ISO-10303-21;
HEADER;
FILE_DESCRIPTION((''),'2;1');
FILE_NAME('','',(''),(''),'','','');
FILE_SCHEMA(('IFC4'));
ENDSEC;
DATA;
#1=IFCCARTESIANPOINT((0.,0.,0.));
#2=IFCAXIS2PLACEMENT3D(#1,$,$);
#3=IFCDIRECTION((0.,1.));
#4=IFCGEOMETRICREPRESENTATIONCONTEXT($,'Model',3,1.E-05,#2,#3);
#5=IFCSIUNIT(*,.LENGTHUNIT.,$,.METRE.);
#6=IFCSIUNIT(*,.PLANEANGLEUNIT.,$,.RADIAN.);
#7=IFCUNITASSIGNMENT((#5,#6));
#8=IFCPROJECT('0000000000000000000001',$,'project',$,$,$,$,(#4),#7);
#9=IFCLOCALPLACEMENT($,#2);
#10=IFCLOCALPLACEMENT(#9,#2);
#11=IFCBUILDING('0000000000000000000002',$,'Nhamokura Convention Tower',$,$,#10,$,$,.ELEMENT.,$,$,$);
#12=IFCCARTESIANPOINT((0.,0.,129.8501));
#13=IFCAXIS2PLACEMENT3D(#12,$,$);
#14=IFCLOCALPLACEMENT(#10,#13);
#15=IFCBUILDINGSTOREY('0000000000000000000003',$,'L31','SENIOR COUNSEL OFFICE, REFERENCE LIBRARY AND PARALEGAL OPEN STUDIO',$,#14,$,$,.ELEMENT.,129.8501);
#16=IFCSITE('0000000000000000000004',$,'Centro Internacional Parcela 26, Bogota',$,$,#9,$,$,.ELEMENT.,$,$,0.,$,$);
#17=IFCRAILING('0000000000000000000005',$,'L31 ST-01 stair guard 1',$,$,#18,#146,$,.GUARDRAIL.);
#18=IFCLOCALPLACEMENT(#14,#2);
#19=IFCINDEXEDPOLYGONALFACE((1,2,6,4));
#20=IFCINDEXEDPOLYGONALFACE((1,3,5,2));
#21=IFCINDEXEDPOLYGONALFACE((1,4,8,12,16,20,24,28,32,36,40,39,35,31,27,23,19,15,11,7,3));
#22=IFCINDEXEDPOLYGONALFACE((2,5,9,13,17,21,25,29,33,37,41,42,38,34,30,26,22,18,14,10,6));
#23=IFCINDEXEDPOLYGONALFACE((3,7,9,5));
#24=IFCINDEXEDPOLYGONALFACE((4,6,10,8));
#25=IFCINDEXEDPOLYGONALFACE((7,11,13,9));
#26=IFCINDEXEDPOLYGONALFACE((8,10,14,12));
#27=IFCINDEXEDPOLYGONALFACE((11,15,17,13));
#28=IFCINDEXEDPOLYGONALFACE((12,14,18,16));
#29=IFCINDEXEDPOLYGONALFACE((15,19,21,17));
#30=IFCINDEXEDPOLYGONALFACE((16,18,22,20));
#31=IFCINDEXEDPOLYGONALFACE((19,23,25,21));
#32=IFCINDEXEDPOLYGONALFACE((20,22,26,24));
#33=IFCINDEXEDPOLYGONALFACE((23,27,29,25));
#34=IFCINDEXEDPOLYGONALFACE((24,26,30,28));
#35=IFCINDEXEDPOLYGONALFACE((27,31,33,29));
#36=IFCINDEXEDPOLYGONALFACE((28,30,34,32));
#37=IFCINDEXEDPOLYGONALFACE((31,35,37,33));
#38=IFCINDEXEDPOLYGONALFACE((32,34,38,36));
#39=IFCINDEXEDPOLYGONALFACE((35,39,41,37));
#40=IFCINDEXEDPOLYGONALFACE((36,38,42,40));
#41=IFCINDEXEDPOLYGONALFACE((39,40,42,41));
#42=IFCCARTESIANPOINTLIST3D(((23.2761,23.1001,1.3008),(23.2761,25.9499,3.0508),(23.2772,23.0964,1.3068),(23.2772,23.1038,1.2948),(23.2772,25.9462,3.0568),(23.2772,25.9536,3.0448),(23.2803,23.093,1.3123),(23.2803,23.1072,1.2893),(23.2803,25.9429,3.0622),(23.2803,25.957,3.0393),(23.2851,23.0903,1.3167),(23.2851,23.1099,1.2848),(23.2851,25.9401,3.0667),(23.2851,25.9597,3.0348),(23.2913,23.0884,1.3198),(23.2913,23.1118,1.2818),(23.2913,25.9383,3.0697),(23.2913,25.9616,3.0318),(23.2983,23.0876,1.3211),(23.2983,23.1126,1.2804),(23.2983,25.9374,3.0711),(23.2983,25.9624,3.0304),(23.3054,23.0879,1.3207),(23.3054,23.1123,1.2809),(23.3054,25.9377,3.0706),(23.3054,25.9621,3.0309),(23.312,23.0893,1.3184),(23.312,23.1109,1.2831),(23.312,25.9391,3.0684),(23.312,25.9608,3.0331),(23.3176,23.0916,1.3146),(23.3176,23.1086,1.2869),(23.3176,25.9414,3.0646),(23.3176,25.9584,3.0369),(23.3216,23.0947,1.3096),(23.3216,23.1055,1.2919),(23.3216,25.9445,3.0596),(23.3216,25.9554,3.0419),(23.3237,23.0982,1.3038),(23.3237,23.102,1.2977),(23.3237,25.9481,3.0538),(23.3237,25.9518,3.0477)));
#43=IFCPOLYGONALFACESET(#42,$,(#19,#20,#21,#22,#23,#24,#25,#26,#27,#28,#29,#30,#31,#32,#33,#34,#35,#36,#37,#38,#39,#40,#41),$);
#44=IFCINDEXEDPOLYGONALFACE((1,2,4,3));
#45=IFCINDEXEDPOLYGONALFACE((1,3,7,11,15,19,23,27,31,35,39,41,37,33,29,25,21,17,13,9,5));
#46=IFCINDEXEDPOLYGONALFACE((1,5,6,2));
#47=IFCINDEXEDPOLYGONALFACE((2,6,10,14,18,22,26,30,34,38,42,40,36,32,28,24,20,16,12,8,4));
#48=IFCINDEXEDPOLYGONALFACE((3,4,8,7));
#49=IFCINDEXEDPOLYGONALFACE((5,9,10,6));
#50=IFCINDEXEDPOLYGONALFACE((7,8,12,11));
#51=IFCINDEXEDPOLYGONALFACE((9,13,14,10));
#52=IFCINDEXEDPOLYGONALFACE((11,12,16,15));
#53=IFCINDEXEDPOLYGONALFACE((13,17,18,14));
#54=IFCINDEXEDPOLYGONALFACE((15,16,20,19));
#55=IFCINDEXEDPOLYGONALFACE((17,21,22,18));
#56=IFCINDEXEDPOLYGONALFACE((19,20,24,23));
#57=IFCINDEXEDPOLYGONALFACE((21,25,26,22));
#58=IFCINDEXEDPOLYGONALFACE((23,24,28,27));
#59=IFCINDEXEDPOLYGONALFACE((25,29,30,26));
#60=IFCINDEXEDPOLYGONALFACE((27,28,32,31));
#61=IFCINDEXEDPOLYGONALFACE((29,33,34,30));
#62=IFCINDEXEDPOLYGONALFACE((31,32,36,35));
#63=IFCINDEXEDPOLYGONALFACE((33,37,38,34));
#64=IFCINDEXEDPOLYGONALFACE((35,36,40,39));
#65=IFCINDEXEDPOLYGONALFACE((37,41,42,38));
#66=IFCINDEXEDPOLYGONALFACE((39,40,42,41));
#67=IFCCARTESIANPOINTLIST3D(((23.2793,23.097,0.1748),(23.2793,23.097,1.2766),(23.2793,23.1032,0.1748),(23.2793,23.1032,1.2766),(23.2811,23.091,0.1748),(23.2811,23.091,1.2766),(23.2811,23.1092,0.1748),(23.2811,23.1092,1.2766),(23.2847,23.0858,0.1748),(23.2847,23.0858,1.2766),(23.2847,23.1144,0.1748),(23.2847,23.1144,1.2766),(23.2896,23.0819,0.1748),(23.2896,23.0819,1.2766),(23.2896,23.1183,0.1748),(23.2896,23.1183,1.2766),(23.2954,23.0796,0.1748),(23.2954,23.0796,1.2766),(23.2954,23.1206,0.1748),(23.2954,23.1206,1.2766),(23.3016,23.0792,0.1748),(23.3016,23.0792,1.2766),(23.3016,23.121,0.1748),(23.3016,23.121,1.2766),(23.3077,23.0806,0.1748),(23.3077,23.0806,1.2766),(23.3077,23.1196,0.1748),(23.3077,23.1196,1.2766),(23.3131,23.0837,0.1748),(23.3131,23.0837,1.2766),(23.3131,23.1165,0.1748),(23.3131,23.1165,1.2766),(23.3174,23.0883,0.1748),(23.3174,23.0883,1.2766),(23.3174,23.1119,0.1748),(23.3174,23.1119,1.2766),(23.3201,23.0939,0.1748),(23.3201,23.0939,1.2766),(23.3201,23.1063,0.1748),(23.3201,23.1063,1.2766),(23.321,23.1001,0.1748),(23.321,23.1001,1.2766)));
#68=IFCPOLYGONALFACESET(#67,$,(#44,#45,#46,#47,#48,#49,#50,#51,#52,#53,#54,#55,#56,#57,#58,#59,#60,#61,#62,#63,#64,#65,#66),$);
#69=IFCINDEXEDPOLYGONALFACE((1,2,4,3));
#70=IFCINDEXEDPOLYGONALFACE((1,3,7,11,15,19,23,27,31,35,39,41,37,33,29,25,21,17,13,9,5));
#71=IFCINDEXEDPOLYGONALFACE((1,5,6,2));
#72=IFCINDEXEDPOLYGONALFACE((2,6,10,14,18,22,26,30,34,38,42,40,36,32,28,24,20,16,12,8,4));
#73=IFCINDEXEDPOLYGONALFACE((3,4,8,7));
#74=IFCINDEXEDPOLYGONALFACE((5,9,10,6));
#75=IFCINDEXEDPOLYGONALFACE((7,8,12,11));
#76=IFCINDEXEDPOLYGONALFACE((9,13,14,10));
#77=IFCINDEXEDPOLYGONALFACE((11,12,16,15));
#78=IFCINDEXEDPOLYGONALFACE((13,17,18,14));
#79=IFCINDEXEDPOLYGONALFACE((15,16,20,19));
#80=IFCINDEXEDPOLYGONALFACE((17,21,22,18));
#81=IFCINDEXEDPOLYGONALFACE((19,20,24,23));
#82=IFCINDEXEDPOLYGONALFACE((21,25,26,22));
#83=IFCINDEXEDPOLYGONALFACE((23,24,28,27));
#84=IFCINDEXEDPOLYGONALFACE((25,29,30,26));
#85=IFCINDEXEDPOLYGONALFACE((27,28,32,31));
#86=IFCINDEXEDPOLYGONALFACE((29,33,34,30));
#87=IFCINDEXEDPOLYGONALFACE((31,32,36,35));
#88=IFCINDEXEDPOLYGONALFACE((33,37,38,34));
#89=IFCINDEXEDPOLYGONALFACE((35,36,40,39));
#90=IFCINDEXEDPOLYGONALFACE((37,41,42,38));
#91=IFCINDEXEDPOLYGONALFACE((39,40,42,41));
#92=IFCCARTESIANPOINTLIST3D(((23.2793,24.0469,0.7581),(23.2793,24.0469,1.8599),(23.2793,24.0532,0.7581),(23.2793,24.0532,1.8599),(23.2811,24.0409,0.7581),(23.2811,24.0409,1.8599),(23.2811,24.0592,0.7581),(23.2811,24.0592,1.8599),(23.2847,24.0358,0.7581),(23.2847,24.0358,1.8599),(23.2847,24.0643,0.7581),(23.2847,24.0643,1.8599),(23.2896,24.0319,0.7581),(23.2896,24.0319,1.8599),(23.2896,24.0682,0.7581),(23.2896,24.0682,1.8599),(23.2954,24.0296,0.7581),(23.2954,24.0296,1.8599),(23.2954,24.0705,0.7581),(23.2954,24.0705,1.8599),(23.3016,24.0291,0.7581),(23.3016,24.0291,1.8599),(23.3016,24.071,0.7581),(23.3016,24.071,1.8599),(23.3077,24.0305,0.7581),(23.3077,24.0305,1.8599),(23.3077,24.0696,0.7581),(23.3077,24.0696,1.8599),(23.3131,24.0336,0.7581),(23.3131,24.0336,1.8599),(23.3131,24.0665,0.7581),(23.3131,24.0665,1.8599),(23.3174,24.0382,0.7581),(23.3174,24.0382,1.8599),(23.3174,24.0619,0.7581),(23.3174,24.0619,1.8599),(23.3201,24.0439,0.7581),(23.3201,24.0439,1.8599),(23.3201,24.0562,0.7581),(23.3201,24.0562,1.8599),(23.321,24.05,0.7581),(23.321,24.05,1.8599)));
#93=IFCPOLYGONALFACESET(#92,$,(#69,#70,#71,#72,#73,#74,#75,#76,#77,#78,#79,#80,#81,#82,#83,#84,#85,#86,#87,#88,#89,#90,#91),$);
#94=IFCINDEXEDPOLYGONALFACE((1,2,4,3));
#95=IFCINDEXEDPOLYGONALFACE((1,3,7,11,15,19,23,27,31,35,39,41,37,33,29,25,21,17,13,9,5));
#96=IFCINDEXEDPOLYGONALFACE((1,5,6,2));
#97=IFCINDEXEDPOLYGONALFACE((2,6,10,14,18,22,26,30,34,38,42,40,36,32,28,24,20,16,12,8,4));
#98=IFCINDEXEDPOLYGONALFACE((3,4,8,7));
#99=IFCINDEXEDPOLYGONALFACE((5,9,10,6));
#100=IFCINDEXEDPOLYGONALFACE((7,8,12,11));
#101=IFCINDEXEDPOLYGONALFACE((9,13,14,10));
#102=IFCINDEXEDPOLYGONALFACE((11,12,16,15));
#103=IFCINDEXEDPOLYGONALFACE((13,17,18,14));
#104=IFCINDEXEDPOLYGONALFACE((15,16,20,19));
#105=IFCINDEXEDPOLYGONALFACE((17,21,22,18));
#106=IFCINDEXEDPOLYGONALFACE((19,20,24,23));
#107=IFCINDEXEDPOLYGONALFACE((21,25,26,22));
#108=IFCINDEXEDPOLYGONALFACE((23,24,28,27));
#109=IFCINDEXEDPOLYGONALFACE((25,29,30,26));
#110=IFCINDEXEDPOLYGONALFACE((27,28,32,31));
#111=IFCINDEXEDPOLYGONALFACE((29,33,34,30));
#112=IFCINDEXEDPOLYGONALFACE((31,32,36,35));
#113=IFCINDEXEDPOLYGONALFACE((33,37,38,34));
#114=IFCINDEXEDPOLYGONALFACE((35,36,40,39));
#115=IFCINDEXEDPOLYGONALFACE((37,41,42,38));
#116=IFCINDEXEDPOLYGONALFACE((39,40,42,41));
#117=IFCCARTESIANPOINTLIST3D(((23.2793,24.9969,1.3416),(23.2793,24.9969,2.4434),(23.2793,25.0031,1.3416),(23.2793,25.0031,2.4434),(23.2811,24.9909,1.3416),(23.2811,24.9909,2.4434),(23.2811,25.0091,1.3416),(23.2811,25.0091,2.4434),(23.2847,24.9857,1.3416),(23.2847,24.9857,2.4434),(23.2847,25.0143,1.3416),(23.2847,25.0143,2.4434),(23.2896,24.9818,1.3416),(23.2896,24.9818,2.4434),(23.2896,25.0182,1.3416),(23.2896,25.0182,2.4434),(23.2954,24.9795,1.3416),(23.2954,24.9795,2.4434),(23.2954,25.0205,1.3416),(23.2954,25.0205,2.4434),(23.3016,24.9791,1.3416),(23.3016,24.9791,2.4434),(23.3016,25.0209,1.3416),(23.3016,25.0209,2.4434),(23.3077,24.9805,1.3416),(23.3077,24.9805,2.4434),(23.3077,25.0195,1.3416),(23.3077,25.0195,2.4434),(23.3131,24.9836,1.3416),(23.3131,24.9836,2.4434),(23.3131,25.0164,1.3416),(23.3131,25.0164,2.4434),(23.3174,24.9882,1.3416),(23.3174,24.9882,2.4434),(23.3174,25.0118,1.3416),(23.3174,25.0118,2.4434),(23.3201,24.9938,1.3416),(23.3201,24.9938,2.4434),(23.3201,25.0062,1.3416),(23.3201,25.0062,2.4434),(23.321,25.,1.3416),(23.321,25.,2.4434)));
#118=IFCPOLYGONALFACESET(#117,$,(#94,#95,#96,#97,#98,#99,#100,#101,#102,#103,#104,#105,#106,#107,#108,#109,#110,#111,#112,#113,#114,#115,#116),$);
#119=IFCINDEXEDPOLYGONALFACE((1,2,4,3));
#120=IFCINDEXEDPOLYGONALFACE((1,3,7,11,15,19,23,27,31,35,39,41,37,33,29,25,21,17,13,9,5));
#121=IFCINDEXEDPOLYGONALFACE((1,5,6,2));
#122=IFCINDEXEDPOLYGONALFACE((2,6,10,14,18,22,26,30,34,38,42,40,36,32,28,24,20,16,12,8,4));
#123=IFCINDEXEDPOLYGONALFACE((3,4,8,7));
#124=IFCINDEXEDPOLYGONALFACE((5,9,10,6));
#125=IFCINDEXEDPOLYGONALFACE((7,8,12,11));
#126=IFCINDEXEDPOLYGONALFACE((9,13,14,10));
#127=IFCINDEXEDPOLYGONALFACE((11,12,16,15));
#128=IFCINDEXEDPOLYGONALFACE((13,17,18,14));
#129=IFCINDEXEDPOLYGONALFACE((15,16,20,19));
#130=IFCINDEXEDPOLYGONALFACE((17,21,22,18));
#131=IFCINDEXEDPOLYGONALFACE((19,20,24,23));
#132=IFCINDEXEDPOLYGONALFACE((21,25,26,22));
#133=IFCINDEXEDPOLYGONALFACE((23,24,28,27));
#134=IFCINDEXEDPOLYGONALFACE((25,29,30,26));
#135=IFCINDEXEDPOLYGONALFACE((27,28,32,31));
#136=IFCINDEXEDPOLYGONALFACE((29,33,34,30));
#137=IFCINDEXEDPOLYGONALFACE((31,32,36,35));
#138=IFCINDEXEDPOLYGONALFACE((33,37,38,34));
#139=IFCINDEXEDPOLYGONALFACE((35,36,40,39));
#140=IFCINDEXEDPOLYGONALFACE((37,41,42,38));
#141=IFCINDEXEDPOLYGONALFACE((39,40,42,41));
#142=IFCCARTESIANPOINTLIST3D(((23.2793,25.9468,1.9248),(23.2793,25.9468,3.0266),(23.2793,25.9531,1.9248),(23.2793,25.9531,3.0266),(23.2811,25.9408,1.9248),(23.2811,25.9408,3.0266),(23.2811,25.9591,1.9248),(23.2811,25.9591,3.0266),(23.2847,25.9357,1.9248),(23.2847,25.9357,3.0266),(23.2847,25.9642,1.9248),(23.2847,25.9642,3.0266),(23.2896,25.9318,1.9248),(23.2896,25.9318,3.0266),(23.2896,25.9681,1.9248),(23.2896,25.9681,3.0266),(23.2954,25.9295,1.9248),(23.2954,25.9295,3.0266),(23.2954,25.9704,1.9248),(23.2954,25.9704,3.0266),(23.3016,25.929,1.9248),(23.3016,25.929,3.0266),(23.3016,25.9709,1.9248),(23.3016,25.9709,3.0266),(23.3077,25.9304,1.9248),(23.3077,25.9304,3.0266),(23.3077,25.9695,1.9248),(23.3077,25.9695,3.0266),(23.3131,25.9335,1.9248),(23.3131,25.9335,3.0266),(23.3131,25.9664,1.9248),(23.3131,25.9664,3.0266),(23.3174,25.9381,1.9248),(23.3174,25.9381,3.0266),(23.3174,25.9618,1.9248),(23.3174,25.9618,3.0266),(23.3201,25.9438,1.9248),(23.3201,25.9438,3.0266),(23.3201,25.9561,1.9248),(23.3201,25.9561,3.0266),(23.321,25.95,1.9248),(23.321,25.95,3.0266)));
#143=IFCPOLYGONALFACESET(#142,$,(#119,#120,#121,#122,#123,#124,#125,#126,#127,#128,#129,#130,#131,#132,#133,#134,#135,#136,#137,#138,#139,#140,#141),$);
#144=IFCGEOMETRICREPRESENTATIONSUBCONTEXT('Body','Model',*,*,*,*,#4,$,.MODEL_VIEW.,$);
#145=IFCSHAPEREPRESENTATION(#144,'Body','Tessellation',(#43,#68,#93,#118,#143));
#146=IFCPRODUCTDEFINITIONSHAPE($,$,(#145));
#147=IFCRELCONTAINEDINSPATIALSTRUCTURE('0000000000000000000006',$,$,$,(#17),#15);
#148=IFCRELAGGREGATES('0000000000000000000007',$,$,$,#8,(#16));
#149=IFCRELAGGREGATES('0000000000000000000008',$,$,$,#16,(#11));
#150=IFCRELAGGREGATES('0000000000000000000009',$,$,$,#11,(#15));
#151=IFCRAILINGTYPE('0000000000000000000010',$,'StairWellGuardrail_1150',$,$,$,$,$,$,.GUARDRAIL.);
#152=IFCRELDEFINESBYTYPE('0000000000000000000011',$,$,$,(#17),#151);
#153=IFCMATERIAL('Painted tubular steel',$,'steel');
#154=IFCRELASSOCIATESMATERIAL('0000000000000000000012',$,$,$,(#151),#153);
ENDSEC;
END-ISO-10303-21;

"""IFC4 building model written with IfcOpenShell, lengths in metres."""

from ifc_helpers import new_model, si_unit, direction, frame, origin, origin_2d, place, context, subcontext, project, spatial, circle, extrude, material, type_object, element, save


model = new_model("IFC4")

# Units and contexts
model_context = context("Model", 3, precision=1e-05, world=origin(), true_north=direction((0.0, 1.0)))
body_context = subcontext(model_context, "Body", "Model", "MODEL_VIEW")
ifc_project = project(units=[si_unit("LENGTHUNIT", "METRE"), si_unit("PLANEANGLEUNIT", "RADIAN")], contexts=[model_context])

# Site, building, storey
site_placement = place(None, origin())
site = spatial("IfcSite", under=ifc_project, at=site_placement, Name="Centro Internacional Parcela 26, Bogota", CompositionType="ELEMENT", RefElevation=0.0)
building_placement = place(site_placement, origin())
building = spatial("IfcBuilding", under=site, at=building_placement, Name="Nhamokura Convention Tower", CompositionType="ELEMENT")
storey_placement = place(building_placement, frame((0.0, 0.0, 129.8501)))
storey = spatial("IfcBuildingStorey", under=building, at=storey_placement, Name="L31", Description="SENIOR COUNSEL OFFICE, REFERENCE LIBRARY AND PARALEGAL OPEN STUDIO", CompositionType="ELEMENT", Elevation=129.8501)

# Railing
ifc_material_1 = material(Name="Painted tubular steel", Category="steel")
railing_type_1 = type_object("IfcRailingType", Name="StairWellGuardrail_1150", PredefinedType="GUARDRAIL", material=ifc_material_1)
railing_1_placement = place(storey_placement, frame((23.3, 23.1001, 0.1748)))
element("IfcRailing", 1, at=railing_1_placement, inside=storey, type_object=railing_type_1, Name="L31 ST-01 stair guard 1", PredefinedType="GUARDRAIL", context=body_context, shape_type="SweptSolid", body=[
    extrude(circle(Radius=0.0239, at=origin_2d()), frame((0.0, 0.0, 1.126), z_axis=(0.0, 0.852159, 0.523283), x_axis=(-1.0, 0.0, 0.0)), (0.0, 0.0, 1.0), 3.3442),
    extrude(circle(Radius=0.021, at=origin_2d()), origin(), (0.0, 0.0, 1.0), 1.1018),
    extrude(circle(Radius=0.021, at=origin_2d()), frame((0.0, 0.95, 0.5833)), (0.0, 0.0, 1.0), 1.1018),
    extrude(circle(Radius=0.021, at=origin_2d()), frame((0.0, 1.8999, 1.1667)), (0.0, 0.0, 1.0), 1.1018),
    extrude(circle(Radius=0.021, at=origin_2d()), frame((0.0, 2.8499, 1.75)), (0.0, 0.0, 1.0), 1.1018),
])

save(model, "model.ifc")
